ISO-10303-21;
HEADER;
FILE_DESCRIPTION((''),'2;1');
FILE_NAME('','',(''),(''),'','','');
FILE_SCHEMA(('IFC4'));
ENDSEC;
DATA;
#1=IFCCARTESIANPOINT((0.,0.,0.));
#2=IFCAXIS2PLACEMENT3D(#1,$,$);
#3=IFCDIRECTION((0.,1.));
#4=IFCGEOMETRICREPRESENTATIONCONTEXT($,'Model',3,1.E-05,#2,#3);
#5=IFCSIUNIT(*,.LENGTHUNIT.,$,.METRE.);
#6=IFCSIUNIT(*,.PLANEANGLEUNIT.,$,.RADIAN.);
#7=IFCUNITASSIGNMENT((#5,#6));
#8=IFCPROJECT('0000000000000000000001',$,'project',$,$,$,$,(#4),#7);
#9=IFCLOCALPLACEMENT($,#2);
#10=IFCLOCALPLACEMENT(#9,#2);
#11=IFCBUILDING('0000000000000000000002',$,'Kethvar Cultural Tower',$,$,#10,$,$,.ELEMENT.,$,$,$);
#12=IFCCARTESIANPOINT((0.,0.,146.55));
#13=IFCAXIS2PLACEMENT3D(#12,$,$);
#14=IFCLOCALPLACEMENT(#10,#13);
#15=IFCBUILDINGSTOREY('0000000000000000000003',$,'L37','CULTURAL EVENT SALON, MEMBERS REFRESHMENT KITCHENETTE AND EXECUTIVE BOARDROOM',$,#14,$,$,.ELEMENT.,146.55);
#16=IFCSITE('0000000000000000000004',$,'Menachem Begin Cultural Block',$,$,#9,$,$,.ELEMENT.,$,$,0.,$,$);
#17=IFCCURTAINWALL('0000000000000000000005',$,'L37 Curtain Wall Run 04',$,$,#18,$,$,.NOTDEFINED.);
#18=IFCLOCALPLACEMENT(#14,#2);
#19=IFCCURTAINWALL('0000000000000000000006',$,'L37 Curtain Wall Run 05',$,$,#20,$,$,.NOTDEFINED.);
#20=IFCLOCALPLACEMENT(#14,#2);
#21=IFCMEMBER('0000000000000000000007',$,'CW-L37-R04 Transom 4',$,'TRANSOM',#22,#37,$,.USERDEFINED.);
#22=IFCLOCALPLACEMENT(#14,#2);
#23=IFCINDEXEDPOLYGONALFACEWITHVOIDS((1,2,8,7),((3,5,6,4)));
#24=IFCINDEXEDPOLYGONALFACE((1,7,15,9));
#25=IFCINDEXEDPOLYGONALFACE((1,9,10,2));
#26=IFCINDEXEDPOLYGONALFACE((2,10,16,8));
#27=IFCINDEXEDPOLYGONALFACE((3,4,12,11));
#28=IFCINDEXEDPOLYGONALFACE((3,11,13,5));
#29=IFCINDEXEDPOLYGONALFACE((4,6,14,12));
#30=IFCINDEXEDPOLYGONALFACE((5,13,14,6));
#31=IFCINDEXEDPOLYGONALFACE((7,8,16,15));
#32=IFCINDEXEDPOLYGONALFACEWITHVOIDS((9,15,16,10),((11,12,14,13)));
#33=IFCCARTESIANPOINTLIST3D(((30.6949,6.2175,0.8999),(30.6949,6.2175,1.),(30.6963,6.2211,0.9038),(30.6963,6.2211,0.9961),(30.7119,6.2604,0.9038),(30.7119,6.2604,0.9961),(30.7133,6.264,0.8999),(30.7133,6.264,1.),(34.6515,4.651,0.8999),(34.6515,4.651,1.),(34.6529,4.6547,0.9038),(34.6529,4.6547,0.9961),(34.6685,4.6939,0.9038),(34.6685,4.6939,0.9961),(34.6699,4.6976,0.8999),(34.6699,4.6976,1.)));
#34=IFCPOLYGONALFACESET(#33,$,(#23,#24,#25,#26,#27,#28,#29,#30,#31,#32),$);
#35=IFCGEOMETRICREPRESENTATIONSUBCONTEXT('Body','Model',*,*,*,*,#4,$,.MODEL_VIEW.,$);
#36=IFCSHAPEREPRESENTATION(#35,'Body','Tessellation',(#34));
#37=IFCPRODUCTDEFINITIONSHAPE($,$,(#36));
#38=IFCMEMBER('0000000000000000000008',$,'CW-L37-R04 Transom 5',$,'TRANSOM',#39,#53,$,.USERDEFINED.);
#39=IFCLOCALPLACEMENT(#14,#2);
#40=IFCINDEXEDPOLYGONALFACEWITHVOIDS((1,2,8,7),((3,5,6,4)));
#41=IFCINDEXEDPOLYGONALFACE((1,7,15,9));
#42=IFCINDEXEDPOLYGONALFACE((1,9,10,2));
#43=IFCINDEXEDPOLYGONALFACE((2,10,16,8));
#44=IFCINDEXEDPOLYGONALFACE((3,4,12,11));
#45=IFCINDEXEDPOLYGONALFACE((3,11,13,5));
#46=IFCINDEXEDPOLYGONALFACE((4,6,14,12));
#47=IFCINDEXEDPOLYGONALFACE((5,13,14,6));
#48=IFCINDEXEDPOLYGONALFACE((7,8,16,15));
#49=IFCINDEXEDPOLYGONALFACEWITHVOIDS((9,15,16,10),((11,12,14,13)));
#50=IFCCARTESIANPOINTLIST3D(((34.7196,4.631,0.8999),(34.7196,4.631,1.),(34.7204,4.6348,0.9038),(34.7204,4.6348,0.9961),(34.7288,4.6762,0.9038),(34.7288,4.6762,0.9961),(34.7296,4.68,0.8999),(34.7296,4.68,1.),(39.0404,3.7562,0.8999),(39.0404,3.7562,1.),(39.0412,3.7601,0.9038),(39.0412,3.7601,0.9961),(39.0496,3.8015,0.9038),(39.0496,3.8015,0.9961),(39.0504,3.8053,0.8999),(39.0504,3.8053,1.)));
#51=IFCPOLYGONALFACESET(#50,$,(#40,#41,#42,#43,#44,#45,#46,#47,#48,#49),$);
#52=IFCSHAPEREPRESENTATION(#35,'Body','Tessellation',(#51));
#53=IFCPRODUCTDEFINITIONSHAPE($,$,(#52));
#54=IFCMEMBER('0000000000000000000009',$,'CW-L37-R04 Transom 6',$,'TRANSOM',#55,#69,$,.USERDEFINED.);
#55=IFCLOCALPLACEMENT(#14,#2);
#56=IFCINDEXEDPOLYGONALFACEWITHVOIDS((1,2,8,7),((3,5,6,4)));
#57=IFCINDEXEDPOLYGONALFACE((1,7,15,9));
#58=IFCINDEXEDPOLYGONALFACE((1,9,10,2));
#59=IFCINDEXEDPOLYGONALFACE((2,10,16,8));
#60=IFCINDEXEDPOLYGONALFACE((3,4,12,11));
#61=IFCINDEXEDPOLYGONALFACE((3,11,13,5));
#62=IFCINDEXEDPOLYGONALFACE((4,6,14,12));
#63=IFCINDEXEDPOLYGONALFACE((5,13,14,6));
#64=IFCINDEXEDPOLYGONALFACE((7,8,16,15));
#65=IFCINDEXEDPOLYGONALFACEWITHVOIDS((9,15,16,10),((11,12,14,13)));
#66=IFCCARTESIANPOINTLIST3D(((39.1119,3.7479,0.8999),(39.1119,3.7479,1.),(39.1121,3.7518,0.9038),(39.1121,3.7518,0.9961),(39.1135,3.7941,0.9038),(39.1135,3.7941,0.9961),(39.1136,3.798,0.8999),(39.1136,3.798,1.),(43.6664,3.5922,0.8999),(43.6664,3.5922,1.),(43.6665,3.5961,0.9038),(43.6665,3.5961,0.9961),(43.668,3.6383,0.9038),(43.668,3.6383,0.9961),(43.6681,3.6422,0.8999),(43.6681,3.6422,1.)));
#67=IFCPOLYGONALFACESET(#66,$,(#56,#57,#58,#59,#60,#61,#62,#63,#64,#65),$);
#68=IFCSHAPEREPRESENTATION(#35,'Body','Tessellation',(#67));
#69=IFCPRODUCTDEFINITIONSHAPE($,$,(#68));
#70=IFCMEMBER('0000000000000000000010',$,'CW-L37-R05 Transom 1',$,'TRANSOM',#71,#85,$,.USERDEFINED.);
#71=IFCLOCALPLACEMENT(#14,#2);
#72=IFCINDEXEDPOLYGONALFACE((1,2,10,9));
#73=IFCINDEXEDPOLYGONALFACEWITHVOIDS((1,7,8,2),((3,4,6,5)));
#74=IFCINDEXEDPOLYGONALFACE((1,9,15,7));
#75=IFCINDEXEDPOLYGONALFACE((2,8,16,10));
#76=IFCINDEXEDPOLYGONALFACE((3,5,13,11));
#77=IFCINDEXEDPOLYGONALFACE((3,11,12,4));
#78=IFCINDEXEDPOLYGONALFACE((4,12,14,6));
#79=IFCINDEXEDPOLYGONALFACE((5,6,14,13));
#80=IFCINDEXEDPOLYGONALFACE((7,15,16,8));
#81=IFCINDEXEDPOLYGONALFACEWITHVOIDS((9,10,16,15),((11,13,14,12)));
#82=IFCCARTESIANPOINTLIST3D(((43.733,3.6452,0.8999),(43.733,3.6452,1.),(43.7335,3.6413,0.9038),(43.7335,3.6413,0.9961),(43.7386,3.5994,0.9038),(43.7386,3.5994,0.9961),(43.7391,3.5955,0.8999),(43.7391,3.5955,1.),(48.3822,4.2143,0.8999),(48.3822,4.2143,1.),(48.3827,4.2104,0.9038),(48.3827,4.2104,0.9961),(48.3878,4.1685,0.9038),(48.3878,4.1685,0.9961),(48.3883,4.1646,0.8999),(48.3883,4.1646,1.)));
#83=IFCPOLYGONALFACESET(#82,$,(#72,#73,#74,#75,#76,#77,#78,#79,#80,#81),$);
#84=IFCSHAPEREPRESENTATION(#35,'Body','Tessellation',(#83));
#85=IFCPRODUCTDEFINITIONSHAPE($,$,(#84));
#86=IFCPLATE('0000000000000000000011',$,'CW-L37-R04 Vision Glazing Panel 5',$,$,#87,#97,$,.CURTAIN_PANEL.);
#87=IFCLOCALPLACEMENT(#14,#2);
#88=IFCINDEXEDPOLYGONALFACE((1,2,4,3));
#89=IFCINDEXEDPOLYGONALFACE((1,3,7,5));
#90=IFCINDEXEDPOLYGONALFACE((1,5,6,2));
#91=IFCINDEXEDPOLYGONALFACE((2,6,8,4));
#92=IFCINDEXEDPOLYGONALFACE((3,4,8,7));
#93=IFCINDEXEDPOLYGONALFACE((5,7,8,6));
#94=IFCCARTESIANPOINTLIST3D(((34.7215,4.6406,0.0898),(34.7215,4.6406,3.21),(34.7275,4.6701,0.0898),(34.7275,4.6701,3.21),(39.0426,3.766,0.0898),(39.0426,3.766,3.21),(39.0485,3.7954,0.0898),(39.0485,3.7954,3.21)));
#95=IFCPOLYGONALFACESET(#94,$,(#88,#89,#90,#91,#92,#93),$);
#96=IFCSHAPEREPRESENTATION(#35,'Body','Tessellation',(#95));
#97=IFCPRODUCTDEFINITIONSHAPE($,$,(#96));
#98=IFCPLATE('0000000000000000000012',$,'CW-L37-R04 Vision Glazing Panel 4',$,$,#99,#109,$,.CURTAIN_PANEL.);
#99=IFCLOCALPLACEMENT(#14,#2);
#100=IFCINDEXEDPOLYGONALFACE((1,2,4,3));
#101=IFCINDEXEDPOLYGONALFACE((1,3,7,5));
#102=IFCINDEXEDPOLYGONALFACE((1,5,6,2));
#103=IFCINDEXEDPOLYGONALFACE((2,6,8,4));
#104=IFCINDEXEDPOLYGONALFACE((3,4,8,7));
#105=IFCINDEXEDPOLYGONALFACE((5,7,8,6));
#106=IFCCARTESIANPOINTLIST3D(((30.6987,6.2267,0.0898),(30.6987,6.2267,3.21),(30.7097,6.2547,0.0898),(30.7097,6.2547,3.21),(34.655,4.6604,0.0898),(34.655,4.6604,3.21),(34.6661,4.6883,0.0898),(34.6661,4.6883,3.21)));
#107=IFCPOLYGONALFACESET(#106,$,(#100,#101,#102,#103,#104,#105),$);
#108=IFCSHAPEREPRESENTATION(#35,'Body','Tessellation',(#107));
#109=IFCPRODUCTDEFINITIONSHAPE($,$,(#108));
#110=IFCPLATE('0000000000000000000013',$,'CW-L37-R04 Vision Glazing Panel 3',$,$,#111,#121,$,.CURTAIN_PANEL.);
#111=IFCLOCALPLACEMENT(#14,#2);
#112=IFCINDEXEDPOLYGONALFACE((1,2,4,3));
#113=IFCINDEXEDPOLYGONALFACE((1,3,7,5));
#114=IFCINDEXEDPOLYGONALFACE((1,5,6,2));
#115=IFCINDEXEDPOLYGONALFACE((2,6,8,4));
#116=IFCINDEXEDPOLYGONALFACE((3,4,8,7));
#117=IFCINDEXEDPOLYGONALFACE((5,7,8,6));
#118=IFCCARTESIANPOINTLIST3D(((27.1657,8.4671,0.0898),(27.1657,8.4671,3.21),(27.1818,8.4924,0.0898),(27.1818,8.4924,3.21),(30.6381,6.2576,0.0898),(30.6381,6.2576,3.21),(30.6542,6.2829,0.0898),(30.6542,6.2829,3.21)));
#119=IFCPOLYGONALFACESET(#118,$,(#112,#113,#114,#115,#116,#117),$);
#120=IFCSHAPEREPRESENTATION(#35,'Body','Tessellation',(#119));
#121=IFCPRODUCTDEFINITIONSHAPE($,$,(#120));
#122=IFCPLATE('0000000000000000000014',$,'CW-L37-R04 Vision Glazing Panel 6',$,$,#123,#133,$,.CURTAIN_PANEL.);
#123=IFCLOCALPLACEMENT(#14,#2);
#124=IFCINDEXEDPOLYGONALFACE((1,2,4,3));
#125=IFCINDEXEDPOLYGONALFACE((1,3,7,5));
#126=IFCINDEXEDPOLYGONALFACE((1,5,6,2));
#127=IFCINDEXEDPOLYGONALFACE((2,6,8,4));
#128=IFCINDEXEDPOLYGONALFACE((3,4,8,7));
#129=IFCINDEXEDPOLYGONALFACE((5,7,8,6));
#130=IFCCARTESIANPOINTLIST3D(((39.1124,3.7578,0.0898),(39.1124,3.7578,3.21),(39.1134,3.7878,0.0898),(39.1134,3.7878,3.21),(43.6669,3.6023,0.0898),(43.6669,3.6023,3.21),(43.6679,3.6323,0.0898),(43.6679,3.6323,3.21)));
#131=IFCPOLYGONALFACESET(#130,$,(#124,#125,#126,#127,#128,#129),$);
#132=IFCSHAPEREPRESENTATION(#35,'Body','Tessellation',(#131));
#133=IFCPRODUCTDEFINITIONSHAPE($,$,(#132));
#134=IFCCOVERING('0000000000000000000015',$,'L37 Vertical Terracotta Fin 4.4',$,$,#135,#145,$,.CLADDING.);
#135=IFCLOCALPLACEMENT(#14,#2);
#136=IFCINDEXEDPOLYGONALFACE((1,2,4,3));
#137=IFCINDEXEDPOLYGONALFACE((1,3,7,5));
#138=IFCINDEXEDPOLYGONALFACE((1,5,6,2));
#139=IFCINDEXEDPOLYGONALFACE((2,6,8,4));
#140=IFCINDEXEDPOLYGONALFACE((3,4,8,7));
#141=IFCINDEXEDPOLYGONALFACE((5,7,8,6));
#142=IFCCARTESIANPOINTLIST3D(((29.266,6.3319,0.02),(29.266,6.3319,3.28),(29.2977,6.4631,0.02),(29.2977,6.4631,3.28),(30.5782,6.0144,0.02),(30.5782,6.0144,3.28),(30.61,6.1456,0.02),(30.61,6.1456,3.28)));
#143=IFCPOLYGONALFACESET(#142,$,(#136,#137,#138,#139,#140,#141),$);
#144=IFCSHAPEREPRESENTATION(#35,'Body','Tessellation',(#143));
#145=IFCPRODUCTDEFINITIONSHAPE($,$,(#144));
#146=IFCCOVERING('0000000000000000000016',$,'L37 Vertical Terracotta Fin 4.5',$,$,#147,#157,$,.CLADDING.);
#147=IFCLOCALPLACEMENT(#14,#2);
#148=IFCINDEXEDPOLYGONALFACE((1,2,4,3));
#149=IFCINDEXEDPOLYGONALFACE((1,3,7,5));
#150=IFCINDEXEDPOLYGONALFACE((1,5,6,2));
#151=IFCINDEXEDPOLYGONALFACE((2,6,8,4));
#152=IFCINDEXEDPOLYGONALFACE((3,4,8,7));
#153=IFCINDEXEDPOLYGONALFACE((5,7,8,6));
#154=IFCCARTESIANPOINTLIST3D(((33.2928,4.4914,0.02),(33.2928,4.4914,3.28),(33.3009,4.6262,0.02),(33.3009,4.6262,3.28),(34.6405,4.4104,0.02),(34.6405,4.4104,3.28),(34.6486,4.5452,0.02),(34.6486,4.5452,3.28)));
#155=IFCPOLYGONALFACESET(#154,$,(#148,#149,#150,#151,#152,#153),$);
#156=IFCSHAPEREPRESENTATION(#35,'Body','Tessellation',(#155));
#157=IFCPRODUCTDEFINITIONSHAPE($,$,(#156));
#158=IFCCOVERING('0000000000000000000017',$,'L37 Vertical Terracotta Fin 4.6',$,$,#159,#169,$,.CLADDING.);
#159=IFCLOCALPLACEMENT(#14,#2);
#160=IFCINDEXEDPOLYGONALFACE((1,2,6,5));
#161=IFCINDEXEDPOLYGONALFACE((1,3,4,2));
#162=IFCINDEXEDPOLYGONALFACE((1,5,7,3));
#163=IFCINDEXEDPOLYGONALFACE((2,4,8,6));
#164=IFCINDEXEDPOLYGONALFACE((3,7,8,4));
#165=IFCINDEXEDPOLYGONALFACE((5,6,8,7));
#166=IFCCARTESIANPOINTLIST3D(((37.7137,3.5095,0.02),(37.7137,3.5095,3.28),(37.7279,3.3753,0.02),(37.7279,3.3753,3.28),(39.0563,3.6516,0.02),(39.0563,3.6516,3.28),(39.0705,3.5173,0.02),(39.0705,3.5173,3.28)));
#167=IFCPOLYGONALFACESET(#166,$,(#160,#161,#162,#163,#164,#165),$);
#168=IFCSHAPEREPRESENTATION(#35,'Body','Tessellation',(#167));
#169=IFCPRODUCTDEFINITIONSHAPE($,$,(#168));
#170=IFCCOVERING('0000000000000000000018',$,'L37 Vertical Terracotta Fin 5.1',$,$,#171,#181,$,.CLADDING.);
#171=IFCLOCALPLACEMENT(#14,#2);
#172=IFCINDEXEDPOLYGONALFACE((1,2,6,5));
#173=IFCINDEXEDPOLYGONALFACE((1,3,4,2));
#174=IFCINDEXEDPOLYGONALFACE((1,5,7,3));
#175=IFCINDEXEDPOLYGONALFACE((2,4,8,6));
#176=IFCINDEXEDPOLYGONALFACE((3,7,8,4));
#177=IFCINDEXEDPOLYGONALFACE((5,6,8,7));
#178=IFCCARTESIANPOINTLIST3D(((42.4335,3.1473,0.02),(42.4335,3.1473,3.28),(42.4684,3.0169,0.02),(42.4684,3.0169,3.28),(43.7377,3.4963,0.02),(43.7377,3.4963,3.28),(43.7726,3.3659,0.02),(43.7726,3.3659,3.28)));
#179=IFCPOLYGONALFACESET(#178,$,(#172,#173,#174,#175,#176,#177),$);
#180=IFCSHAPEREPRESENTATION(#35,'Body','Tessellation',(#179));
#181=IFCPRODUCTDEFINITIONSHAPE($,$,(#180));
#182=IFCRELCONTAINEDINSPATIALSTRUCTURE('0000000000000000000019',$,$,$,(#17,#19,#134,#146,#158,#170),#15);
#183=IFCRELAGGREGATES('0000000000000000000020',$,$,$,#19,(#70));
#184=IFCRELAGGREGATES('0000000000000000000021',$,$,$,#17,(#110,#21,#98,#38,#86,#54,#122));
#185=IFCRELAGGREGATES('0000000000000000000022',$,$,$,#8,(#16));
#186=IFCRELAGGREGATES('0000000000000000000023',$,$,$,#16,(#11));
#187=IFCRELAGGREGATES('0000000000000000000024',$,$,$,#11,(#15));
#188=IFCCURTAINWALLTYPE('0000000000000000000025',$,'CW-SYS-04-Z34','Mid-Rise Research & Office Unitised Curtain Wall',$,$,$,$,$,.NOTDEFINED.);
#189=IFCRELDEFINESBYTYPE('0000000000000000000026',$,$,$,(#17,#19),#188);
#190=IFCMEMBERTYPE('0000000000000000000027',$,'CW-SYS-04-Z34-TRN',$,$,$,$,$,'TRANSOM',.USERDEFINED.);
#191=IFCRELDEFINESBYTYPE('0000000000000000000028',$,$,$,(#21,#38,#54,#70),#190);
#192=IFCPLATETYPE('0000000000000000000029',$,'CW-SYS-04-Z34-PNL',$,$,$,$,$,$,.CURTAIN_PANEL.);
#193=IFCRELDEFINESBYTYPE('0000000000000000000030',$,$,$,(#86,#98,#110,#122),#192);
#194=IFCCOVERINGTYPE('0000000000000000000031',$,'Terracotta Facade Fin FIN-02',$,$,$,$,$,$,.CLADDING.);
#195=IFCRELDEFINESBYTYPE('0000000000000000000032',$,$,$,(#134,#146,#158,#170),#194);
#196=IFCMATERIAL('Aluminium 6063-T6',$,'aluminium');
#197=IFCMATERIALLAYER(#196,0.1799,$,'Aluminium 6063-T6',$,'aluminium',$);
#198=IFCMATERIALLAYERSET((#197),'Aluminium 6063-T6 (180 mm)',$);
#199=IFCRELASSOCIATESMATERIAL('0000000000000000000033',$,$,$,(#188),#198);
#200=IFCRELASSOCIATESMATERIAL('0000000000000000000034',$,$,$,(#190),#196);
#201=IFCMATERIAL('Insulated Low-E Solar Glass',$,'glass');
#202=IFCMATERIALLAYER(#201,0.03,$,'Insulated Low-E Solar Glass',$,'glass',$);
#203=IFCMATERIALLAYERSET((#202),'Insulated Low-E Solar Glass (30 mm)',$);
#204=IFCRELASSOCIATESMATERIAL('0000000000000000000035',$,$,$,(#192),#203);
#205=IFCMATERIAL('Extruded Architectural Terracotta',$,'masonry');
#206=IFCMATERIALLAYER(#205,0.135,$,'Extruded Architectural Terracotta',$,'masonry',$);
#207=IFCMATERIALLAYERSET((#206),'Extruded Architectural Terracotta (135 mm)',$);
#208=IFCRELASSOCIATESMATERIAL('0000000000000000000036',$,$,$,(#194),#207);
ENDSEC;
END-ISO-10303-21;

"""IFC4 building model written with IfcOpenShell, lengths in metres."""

from ifc_helpers import new_model, si_unit, direction, frame, origin, origin_2d, place, context, subcontext, project, spatial, rectangle, hollow_rectangle, extrude, source, transform, mapped, material, layer, layer_set, material_profile, profile_set, type_object, element, aggregate, save


model = new_model("IFC4")

# Units and contexts
model_context = context("Model", 3, precision=1e-05, world=origin(), true_north=direction((0.0, 1.0)))
body_context = subcontext(model_context, "Body", "Model", "MODEL_VIEW")
ifc_project = project(units=[si_unit("LENGTHUNIT", "METRE"), si_unit("PLANEANGLEUNIT", "RADIAN")], contexts=[model_context])

# Site, building, storey
site_placement = place(None, origin())
site = spatial("IfcSite", under=ifc_project, at=site_placement, Name="Menachem Begin Cultural Block", CompositionType="ELEMENT", RefElevation=0.0)
building_placement = place(site_placement, origin())
building = spatial("IfcBuilding", under=site, at=building_placement, Name="Kethvar Cultural Tower", CompositionType="ELEMENT")
storey_placement = place(building_placement, frame((0.0, 0.0, 146.55)))
storey = spatial("IfcBuildingStorey", under=building, at=storey_placement, Name="L37", Description="CULTURAL EVENT SALON, MEMBERS REFRESHMENT KITCHENETTE AND EXECUTIVE BOARDROOM", CompositionType="ELEMENT", Elevation=146.55)

# Curtain wall
ifc_material_1 = material(Name="Aluminium 6063-T6", Category="aluminium")
ifc_layer_1 = layer(ifc_material_1, 0.1799, Name="Aluminium 6063-T6", Category="aluminium")
ifc_layer_set_1 = layer_set([ifc_layer_1], Name="Aluminium 6063-T6 (180 mm)")
curtain_wall_type = type_object("IfcCurtainWallType", Name="CW-SYS-04-Z34", Description="Mid-Rise Research & Office Unitised Curtain Wall", PredefinedType="NOTDEFINED", material=ifc_layer_set_1)
curtain_wall_1_placement = place(storey_placement, origin())
curtain_wall_1 = element("IfcCurtainWall", 1, at=curtain_wall_1_placement, inside=storey, type_object=curtain_wall_type, Name="L37 Curtain Wall Run 04", PredefinedType="NOTDEFINED")

# Curtain wall
curtain_wall_2_placement = place(storey_placement, origin())
curtain_wall_2 = element("IfcCurtainWall", 2, at=curtain_wall_2_placement, inside=storey, type_object=curtain_wall_type, Name="L37 Curtain Wall Run 05", PredefinedType="NOTDEFINED")

# Members
ifc_material_profile_1 = material_profile(ifc_material_1, hollow_rectangle(XDim=0.05, YDim=0.1001, WallThickness=0.0039, at=origin_2d()), Name="Aluminium 6063-T6 — RHS100x50x4")
ifc_profile_set_1 = profile_set([ifc_material_profile_1], Name="Aluminium 6063-T6 — RHS100x50x4")
member_type_1 = type_object("IfcMemberType", Name="CW-SYS-04-Z34-TRN", ElementType="TRANSOM", PredefinedType="USERDEFINED", material=ifc_profile_set_1)
shared_shape_1 = source(origin(), body_context, "Body", "SweptSolid", [
    extrude(hollow_rectangle(XDim=0.05, YDim=0.1001, WallThickness=0.0039, at=origin_2d()), origin(), (0.0, 0.0, 1.0), 4.2554),
])
member_1_placement = place(storey_placement, frame((30.7041, 6.2407, 0.95), z_axis=(0.929785, -0.368104, 0.0), x_axis=(0.368104, 0.929785, 0.0)))
member_1 = element("IfcMember", 3, at=member_1_placement, type_object=member_type_1, Name="CW-L37-R04 Transom 4", ObjectType="TRANSOM", PredefinedType="USERDEFINED", context=body_context, shape_type="MappedRepresentation", body=[
    mapped(shared_shape_1, transform((0.0, 0.0, 0.0), scale=1.0)),
])
shared_shape_2 = source(origin(), body_context, "Body", "SweptSolid", [
    extrude(hollow_rectangle(XDim=0.05, YDim=0.1001, WallThickness=0.0039, at=origin_2d()), origin(), (0.0, 0.0, 1.0), 4.4084),
])
member_2_placement = place(storey_placement, frame((34.7246, 4.6555, 0.95), z_axis=(0.980116, -0.198427, 0.0), x_axis=(0.198427, 0.980116, 0.0)))
member_2 = element("IfcMember", 4, at=member_2_placement, type_object=member_type_1, Name="CW-L37-R04 Transom 5", ObjectType="TRANSOM", PredefinedType="USERDEFINED", context=body_context, shape_type="MappedRepresentation", body=[
    mapped(shared_shape_2, transform((0.0, 0.0, 0.0), scale=1.0)),
])
shared_shape_3 = source(origin(), body_context, "Body", "SweptSolid", [
    extrude(hollow_rectangle(XDim=0.05, YDim=0.1001, WallThickness=0.0039, at=origin_2d()), origin(), (0.0, 0.0, 1.0), 4.5571),
])
member_3_placement = place(storey_placement, frame((39.1128, 3.7729, 0.95), z_axis=(0.999416, -0.03418, 0.0), x_axis=(0.03418, 0.999416, 0.0)))
member_3 = element("IfcMember", 5, at=member_3_placement, type_object=member_type_1, Name="CW-L37-R04 Transom 6", ObjectType="TRANSOM", PredefinedType="USERDEFINED", context=body_context, shape_type="MappedRepresentation", body=[
    mapped(shared_shape_3, transform((0.0, 0.0, 0.0), scale=1.0)),
])
shared_shape_4 = source(origin(), body_context, "Body", "SweptSolid", [
    extrude(hollow_rectangle(XDim=0.05, YDim=0.1001, WallThickness=0.0039, at=origin_2d()), origin(), (0.0, 0.0, 1.0), 4.6838),
])
member_4_placement = place(storey_placement, frame((43.7361, 3.6204, 0.95), z_axis=(0.992591, 0.1215, 0.0), x_axis=(-0.1215, 0.992591, 0.0)))
member_4 = element("IfcMember", 6, at=member_4_placement, type_object=member_type_1, Name="CW-L37-R05 Transom 1", ObjectType="TRANSOM", PredefinedType="USERDEFINED", context=body_context, shape_type="MappedRepresentation", body=[
    mapped(shared_shape_4, transform((0.0, 0.0, 0.0), scale=1.0)),
])
aggregate(curtain_wall_2, [member_4])

# Plates
ifc_material_2 = material(Name="Insulated Low-E Solar Glass", Category="glass")
ifc_layer_2 = layer(ifc_material_2, 0.03, Name="Insulated Low-E Solar Glass", Category="glass")
ifc_layer_set_2 = layer_set([ifc_layer_2], Name="Insulated Low-E Solar Glass (30 mm)")
plate_type = type_object("IfcPlateType", Name="CW-SYS-04-Z34-PNL", PredefinedType="CURTAIN_PANEL", material=ifc_layer_set_2)
shared_shape_5 = source(origin(), body_context, "Body", "SweptSolid", [
    extrude(rectangle(XDim=4.4087, YDim=0.03, at=origin_2d()), origin(), (0.0, 0.0, 1.0), 3.1201),
])
plate_1_placement = place(storey_placement, frame((36.885, 4.218, 0.0898), z_axis=(0.0, 0.0, 1.0), x_axis=(0.980123, -0.198393, 0.0)))
plate_1 = element("IfcPlate", 7, at=plate_1_placement, type_object=plate_type, Name="CW-L37-R04 Vision Glazing Panel 5", PredefinedType="CURTAIN_PANEL", context=body_context, shape_type="MappedRepresentation", body=[
    mapped(shared_shape_5, transform((0.0, 0.0, 0.0), scale=1.0)),
])
shared_shape_6 = source(origin(), body_context, "Body", "SweptSolid", [
    extrude(rectangle(XDim=4.2551, YDim=0.03, at=origin_2d()), origin(), (0.0, 0.0, 1.0), 3.1201),
])
plate_2_placement = place(storey_placement, frame((32.6824, 5.4575, 0.0898), z_axis=(0.0, 0.0, 1.0), x_axis=(0.929783, -0.368108, 0.0)))
plate_2 = element("IfcPlate", 8, at=plate_2_placement, type_object=plate_type, Name="CW-L37-R04 Vision Glazing Panel 4", PredefinedType="CURTAIN_PANEL", context=body_context, shape_type="MappedRepresentation", body=[
    mapped(shared_shape_6, transform((0.0, 0.0, 0.0), scale=1.0)),
])
shared_shape_7 = source(origin(), body_context, "Body", "SweptSolid", [
    extrude(rectangle(XDim=4.1157, YDim=0.03, at=origin_2d()), origin(), (0.0, 0.0, 1.0), 3.1201),
])
plate_3_placement = place(storey_placement, frame((28.9099, 7.375, 0.0898), z_axis=(0.0, 0.0, 1.0), x_axis=(0.843691, -0.536828, 0.0)))
plate_3 = element("IfcPlate", 9, at=plate_3_placement, type_object=plate_type, Name="CW-L37-R04 Vision Glazing Panel 3", PredefinedType="CURTAIN_PANEL", context=body_context, shape_type="MappedRepresentation", body=[
    mapped(shared_shape_7, transform((0.0, 0.0, 0.0), scale=1.0)),
])
shared_shape_8 = source(origin(), body_context, "Body", "SweptSolid", [
    extrude(rectangle(XDim=4.5571, YDim=0.03, at=origin_2d()), origin(), (0.0, 0.0, 1.0), 3.1201),
])
plate_4_placement = place(storey_placement, frame((41.3901, 3.6951, 0.0898), z_axis=(0.0, 0.0, 1.0), x_axis=(0.999417, -0.034132, 0.0)))
plate_4 = element("IfcPlate", 10, at=plate_4_placement, type_object=plate_type, Name="CW-L37-R04 Vision Glazing Panel 6", PredefinedType="CURTAIN_PANEL", context=body_context, shape_type="MappedRepresentation", body=[
    mapped(shared_shape_8, transform((0.0, 0.0, 0.0), scale=1.0)),
])
aggregate(curtain_wall_1, [plate_3, member_1, plate_2, member_2, plate_1, member_3, plate_4])

# Coverings
ifc_material_3 = material(Name="Extruded Architectural Terracotta", Category="masonry")
ifc_layer_3 = layer(ifc_material_3, 0.135, Name="Extruded Architectural Terracotta", Category="masonry")
ifc_layer_set_3 = layer_set([ifc_layer_3], Name="Extruded Architectural Terracotta (135 mm)")
covering_type = type_object("IfcCoveringType", Name="Terracotta Facade Fin FIN-02", PredefinedType="CLADDING", material=ifc_layer_set_3)
shared_shape_9 = source(origin(), body_context, "Body", "SweptSolid", [
    extrude(rectangle(XDim=1.3501, YDim=0.135, at=origin_2d()), origin(), (0.0, 0.0, 1.0), 3.26),
])
for number, where, z_axis, x_axis, name in (
    (11, (29.938, 6.2388, 0.02), (0.0, 0.0, 1.0), (-0.971961, 0.235142, 0.0), "L37 Vertical Terracotta Fin 4.4"),
    (12, (33.9707, 4.5183, 0.02), (0.0, 0.0, 1.0), (-0.998198, 0.060003, 0.0), "L37 Vertical Terracotta Fin 4.5"),
    (13, (38.3921, 3.5134, 0.02), (0.0, 0.0, 1.0), (-0.994449, -0.105223, 0.0), "L37 Vertical Terracotta Fin 4.6"),
    (14, (43.103, 3.2566, 0.02), (0.0, 0.0, 1.0), (-0.966016, -0.258482, 0.0), "L37 Vertical Terracotta Fin 5.1"),
):
    element("IfcCovering", number, at=place(storey_placement, frame(where, z_axis=z_axis, x_axis=x_axis)), inside=storey, type_object=covering_type, Name=name, PredefinedType="CLADDING", context=body_context, shape_type="MappedRepresentation", body=[
        mapped(shared_shape_9, transform((0.0, 0.0, 0.0), scale=1.0)),
    ])

save(model, "model.ifc")
